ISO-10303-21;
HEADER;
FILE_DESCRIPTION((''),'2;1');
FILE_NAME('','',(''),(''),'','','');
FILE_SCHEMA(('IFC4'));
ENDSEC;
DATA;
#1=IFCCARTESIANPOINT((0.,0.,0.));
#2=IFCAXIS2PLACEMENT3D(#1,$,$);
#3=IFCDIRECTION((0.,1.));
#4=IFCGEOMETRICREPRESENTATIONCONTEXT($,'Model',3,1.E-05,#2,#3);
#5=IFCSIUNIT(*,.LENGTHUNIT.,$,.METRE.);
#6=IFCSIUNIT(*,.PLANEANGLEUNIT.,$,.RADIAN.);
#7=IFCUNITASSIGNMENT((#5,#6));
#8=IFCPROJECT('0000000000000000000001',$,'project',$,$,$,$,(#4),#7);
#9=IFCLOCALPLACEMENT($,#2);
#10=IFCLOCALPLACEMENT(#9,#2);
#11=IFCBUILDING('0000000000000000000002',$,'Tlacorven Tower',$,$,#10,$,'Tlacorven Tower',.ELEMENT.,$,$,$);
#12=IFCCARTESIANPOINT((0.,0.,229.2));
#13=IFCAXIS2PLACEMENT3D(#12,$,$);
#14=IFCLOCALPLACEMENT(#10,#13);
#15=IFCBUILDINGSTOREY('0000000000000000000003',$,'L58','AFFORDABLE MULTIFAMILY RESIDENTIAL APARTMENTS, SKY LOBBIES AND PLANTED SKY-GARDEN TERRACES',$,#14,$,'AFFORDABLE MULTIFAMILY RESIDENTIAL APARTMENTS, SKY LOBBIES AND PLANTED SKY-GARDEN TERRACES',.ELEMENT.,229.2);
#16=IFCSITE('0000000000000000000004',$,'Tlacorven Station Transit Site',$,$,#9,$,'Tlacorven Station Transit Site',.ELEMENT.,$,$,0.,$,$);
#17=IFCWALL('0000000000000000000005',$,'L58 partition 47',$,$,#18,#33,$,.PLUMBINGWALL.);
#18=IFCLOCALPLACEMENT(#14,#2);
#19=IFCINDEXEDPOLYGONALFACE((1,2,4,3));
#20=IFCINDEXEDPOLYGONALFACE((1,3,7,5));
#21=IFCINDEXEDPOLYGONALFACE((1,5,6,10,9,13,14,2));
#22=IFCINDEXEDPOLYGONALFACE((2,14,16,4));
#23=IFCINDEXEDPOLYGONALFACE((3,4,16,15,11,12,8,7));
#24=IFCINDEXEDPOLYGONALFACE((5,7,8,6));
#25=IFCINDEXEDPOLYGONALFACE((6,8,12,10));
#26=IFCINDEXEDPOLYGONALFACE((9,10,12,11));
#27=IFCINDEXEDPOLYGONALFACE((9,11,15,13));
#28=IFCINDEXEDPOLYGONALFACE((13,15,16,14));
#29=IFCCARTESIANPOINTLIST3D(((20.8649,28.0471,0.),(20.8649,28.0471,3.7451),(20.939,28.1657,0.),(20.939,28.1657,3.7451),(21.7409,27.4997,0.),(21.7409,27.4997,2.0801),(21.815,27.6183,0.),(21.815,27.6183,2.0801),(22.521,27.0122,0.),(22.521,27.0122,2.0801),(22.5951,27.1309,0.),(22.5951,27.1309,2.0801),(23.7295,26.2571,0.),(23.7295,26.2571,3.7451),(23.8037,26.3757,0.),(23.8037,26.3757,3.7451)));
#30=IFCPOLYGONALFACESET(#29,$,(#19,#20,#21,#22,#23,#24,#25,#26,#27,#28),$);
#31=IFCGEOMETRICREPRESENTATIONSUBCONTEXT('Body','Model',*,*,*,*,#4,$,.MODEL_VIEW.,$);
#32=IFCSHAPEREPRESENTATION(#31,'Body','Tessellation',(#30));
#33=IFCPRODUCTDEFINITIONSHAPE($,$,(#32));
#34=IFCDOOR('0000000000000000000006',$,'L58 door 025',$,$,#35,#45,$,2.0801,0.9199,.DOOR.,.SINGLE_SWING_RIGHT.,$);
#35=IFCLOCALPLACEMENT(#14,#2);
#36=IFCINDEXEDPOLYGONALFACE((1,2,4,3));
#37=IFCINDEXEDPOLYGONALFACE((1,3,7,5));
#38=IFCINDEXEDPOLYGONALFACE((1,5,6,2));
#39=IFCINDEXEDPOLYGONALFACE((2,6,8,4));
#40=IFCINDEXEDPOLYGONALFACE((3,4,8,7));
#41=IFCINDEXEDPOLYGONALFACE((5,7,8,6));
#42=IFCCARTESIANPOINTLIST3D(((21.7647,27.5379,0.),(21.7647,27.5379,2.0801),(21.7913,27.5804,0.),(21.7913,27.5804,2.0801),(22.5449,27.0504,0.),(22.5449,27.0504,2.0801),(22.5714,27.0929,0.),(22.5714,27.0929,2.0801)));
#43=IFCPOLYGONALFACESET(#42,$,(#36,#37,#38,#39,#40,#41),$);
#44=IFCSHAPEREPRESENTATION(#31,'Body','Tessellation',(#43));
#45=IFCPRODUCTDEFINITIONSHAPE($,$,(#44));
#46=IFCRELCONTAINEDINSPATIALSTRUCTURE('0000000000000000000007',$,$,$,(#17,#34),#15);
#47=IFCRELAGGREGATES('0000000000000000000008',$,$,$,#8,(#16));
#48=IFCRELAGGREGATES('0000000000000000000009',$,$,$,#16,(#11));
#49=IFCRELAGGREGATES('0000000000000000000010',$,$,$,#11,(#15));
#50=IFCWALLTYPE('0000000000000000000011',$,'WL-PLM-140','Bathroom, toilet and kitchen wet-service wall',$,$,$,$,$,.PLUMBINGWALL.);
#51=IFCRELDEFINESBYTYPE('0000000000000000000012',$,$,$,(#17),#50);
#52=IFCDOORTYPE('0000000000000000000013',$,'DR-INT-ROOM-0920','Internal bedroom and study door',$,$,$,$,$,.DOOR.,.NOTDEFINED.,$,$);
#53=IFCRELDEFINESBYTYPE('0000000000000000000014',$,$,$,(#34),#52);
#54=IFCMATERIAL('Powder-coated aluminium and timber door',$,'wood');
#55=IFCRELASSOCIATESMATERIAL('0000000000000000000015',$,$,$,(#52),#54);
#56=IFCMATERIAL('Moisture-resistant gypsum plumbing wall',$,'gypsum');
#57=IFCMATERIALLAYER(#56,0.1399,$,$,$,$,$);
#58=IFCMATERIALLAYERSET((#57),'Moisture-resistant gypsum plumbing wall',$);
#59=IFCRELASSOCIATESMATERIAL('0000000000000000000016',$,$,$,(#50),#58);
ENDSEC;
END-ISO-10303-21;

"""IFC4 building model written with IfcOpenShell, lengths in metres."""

from ifc_helpers import new_model, si_unit, direction, frame, frame_2d, origin, place, context, subcontext, project, spatial, rectangle, extrude, source, transform, mapped, material, layer, layer_set, type_object, element, fill, save


model = new_model("IFC4")

# Units and contexts
model_context = context("Model", 3, precision=1e-05, world=origin(), true_north=direction((0.0, 1.0)))
body_context = subcontext(model_context, "Body", "Model", "MODEL_VIEW")
ifc_project = project(units=[si_unit("LENGTHUNIT", "METRE"), si_unit("PLANEANGLEUNIT", "RADIAN")], contexts=[model_context])

# Site, building, storey
site_placement = place(None, origin())
site = spatial("IfcSite", under=ifc_project, at=site_placement, Name="Tlacorven Station Transit Site", LongName="Tlacorven Station Transit Site", CompositionType="ELEMENT", RefElevation=0.0)
building_placement = place(site_placement, origin())
building = spatial("IfcBuilding", under=site, at=building_placement, Name="Tlacorven Tower", LongName="Tlacorven Tower", CompositionType="ELEMENT")
storey_placement = place(building_placement, frame((0.0, 0.0, 229.2)))
storey = spatial("IfcBuildingStorey", under=building, at=storey_placement, Name="L58", Description="AFFORDABLE MULTIFAMILY RESIDENTIAL APARTMENTS, SKY LOBBIES AND PLANTED SKY-GARDEN TERRACES", LongName="AFFORDABLE MULTIFAMILY RESIDENTIAL APARTMENTS, SKY LOBBIES AND PLANTED SKY-GARDEN TERRACES", CompositionType="ELEMENT", Elevation=229.2)

# Shared definitions
ifc_material_1 = material(Name="Powder-coated aluminium and timber door", Category="wood")

# Shared definitions
door_type_1 = type_object("IfcDoorType", Name="DR-INT-ROOM-0920", Description="Internal bedroom and study door", OperationType="NOTDEFINED", PredefinedType="DOOR", material=ifc_material_1)
shared_shape_1 = source(origin(), body_context, "Body", "SweptSolid", [
    extrude(rectangle(XDim=0.9199, YDim=2.0801, at=frame_2d((0.46, 1.04))), frame((0.0, 0.0249, 0.0), z_axis=(0.0, -1.0, 0.0), x_axis=(1.0, 0.0, 0.0)), (0.0, 0.0, 1.0), 0.05),
])

# Wall, opening, door
ifc_material_2 = material(Name="Moisture-resistant gypsum plumbing wall", Category="gypsum")
ifc_layer_1 = layer(ifc_material_2, 0.1399)
ifc_layer_set_1 = layer_set([ifc_layer_1], Name="Moisture-resistant gypsum plumbing wall")
wall_type_1 = type_object("IfcWallType", Name="WL-PLM-140", Description="Bathroom, toilet and kitchen wet-service wall", PredefinedType="PLUMBINGWALL", material=ifc_layer_set_1)
wall_1_placement = place(storey_placement, frame((23.7666, 26.3164, 0.0), z_axis=(0.0, 0.0, 1.0), x_axis=(-0.848055, 0.529908, 0.0)))
wall_1 = element("IfcWall", 1, at=wall_1_placement, inside=storey, type_object=wall_type_1, Name="L58 partition 47", PredefinedType="PLUMBINGWALL", context=body_context, shape_type="SweptSolid", body=[
    extrude(rectangle(XDim=3.3779, YDim=0.1399, at=frame_2d((1.689, 0.0))), origin(), (0.0, 0.0, 1.0), 3.7451),
])
opening_1_placement = place(wall_1_placement, frame((1.425, 0.0, 0.0)))
opening_1 = element("IfcOpeningElement", 2, at=opening_1_placement, cuts=wall_1, PredefinedType="OPENING", context=body_context, shape_type="SweptSolid", body=[
    extrude(rectangle(XDim=0.9199, YDim=2.0801, at=frame_2d((0.46, 1.04))), frame((0.0, 0.0801, 0.0), z_axis=(0.0, -1.0, 0.0), x_axis=(1.0, 0.0, 0.0)), (0.0, 0.0, 1.0), 0.1599),
])
door_1_placement = place(opening_1_placement, origin())
door_1 = element("IfcDoor", 3, at=door_1_placement, inside=storey, type_object=door_type_1, Name="L58 door 025", OperationType="SINGLE_SWING_RIGHT", OverallHeight=2.0801, OverallWidth=0.9199, PredefinedType="DOOR", context=body_context, shape_type="MappedRepresentation", body=[
    mapped(shared_shape_1, transform((0.0, 0.0, 0.0), scale=1.0)),
])
fill(opening_1, door_1)

save(model, "model.ifc")
